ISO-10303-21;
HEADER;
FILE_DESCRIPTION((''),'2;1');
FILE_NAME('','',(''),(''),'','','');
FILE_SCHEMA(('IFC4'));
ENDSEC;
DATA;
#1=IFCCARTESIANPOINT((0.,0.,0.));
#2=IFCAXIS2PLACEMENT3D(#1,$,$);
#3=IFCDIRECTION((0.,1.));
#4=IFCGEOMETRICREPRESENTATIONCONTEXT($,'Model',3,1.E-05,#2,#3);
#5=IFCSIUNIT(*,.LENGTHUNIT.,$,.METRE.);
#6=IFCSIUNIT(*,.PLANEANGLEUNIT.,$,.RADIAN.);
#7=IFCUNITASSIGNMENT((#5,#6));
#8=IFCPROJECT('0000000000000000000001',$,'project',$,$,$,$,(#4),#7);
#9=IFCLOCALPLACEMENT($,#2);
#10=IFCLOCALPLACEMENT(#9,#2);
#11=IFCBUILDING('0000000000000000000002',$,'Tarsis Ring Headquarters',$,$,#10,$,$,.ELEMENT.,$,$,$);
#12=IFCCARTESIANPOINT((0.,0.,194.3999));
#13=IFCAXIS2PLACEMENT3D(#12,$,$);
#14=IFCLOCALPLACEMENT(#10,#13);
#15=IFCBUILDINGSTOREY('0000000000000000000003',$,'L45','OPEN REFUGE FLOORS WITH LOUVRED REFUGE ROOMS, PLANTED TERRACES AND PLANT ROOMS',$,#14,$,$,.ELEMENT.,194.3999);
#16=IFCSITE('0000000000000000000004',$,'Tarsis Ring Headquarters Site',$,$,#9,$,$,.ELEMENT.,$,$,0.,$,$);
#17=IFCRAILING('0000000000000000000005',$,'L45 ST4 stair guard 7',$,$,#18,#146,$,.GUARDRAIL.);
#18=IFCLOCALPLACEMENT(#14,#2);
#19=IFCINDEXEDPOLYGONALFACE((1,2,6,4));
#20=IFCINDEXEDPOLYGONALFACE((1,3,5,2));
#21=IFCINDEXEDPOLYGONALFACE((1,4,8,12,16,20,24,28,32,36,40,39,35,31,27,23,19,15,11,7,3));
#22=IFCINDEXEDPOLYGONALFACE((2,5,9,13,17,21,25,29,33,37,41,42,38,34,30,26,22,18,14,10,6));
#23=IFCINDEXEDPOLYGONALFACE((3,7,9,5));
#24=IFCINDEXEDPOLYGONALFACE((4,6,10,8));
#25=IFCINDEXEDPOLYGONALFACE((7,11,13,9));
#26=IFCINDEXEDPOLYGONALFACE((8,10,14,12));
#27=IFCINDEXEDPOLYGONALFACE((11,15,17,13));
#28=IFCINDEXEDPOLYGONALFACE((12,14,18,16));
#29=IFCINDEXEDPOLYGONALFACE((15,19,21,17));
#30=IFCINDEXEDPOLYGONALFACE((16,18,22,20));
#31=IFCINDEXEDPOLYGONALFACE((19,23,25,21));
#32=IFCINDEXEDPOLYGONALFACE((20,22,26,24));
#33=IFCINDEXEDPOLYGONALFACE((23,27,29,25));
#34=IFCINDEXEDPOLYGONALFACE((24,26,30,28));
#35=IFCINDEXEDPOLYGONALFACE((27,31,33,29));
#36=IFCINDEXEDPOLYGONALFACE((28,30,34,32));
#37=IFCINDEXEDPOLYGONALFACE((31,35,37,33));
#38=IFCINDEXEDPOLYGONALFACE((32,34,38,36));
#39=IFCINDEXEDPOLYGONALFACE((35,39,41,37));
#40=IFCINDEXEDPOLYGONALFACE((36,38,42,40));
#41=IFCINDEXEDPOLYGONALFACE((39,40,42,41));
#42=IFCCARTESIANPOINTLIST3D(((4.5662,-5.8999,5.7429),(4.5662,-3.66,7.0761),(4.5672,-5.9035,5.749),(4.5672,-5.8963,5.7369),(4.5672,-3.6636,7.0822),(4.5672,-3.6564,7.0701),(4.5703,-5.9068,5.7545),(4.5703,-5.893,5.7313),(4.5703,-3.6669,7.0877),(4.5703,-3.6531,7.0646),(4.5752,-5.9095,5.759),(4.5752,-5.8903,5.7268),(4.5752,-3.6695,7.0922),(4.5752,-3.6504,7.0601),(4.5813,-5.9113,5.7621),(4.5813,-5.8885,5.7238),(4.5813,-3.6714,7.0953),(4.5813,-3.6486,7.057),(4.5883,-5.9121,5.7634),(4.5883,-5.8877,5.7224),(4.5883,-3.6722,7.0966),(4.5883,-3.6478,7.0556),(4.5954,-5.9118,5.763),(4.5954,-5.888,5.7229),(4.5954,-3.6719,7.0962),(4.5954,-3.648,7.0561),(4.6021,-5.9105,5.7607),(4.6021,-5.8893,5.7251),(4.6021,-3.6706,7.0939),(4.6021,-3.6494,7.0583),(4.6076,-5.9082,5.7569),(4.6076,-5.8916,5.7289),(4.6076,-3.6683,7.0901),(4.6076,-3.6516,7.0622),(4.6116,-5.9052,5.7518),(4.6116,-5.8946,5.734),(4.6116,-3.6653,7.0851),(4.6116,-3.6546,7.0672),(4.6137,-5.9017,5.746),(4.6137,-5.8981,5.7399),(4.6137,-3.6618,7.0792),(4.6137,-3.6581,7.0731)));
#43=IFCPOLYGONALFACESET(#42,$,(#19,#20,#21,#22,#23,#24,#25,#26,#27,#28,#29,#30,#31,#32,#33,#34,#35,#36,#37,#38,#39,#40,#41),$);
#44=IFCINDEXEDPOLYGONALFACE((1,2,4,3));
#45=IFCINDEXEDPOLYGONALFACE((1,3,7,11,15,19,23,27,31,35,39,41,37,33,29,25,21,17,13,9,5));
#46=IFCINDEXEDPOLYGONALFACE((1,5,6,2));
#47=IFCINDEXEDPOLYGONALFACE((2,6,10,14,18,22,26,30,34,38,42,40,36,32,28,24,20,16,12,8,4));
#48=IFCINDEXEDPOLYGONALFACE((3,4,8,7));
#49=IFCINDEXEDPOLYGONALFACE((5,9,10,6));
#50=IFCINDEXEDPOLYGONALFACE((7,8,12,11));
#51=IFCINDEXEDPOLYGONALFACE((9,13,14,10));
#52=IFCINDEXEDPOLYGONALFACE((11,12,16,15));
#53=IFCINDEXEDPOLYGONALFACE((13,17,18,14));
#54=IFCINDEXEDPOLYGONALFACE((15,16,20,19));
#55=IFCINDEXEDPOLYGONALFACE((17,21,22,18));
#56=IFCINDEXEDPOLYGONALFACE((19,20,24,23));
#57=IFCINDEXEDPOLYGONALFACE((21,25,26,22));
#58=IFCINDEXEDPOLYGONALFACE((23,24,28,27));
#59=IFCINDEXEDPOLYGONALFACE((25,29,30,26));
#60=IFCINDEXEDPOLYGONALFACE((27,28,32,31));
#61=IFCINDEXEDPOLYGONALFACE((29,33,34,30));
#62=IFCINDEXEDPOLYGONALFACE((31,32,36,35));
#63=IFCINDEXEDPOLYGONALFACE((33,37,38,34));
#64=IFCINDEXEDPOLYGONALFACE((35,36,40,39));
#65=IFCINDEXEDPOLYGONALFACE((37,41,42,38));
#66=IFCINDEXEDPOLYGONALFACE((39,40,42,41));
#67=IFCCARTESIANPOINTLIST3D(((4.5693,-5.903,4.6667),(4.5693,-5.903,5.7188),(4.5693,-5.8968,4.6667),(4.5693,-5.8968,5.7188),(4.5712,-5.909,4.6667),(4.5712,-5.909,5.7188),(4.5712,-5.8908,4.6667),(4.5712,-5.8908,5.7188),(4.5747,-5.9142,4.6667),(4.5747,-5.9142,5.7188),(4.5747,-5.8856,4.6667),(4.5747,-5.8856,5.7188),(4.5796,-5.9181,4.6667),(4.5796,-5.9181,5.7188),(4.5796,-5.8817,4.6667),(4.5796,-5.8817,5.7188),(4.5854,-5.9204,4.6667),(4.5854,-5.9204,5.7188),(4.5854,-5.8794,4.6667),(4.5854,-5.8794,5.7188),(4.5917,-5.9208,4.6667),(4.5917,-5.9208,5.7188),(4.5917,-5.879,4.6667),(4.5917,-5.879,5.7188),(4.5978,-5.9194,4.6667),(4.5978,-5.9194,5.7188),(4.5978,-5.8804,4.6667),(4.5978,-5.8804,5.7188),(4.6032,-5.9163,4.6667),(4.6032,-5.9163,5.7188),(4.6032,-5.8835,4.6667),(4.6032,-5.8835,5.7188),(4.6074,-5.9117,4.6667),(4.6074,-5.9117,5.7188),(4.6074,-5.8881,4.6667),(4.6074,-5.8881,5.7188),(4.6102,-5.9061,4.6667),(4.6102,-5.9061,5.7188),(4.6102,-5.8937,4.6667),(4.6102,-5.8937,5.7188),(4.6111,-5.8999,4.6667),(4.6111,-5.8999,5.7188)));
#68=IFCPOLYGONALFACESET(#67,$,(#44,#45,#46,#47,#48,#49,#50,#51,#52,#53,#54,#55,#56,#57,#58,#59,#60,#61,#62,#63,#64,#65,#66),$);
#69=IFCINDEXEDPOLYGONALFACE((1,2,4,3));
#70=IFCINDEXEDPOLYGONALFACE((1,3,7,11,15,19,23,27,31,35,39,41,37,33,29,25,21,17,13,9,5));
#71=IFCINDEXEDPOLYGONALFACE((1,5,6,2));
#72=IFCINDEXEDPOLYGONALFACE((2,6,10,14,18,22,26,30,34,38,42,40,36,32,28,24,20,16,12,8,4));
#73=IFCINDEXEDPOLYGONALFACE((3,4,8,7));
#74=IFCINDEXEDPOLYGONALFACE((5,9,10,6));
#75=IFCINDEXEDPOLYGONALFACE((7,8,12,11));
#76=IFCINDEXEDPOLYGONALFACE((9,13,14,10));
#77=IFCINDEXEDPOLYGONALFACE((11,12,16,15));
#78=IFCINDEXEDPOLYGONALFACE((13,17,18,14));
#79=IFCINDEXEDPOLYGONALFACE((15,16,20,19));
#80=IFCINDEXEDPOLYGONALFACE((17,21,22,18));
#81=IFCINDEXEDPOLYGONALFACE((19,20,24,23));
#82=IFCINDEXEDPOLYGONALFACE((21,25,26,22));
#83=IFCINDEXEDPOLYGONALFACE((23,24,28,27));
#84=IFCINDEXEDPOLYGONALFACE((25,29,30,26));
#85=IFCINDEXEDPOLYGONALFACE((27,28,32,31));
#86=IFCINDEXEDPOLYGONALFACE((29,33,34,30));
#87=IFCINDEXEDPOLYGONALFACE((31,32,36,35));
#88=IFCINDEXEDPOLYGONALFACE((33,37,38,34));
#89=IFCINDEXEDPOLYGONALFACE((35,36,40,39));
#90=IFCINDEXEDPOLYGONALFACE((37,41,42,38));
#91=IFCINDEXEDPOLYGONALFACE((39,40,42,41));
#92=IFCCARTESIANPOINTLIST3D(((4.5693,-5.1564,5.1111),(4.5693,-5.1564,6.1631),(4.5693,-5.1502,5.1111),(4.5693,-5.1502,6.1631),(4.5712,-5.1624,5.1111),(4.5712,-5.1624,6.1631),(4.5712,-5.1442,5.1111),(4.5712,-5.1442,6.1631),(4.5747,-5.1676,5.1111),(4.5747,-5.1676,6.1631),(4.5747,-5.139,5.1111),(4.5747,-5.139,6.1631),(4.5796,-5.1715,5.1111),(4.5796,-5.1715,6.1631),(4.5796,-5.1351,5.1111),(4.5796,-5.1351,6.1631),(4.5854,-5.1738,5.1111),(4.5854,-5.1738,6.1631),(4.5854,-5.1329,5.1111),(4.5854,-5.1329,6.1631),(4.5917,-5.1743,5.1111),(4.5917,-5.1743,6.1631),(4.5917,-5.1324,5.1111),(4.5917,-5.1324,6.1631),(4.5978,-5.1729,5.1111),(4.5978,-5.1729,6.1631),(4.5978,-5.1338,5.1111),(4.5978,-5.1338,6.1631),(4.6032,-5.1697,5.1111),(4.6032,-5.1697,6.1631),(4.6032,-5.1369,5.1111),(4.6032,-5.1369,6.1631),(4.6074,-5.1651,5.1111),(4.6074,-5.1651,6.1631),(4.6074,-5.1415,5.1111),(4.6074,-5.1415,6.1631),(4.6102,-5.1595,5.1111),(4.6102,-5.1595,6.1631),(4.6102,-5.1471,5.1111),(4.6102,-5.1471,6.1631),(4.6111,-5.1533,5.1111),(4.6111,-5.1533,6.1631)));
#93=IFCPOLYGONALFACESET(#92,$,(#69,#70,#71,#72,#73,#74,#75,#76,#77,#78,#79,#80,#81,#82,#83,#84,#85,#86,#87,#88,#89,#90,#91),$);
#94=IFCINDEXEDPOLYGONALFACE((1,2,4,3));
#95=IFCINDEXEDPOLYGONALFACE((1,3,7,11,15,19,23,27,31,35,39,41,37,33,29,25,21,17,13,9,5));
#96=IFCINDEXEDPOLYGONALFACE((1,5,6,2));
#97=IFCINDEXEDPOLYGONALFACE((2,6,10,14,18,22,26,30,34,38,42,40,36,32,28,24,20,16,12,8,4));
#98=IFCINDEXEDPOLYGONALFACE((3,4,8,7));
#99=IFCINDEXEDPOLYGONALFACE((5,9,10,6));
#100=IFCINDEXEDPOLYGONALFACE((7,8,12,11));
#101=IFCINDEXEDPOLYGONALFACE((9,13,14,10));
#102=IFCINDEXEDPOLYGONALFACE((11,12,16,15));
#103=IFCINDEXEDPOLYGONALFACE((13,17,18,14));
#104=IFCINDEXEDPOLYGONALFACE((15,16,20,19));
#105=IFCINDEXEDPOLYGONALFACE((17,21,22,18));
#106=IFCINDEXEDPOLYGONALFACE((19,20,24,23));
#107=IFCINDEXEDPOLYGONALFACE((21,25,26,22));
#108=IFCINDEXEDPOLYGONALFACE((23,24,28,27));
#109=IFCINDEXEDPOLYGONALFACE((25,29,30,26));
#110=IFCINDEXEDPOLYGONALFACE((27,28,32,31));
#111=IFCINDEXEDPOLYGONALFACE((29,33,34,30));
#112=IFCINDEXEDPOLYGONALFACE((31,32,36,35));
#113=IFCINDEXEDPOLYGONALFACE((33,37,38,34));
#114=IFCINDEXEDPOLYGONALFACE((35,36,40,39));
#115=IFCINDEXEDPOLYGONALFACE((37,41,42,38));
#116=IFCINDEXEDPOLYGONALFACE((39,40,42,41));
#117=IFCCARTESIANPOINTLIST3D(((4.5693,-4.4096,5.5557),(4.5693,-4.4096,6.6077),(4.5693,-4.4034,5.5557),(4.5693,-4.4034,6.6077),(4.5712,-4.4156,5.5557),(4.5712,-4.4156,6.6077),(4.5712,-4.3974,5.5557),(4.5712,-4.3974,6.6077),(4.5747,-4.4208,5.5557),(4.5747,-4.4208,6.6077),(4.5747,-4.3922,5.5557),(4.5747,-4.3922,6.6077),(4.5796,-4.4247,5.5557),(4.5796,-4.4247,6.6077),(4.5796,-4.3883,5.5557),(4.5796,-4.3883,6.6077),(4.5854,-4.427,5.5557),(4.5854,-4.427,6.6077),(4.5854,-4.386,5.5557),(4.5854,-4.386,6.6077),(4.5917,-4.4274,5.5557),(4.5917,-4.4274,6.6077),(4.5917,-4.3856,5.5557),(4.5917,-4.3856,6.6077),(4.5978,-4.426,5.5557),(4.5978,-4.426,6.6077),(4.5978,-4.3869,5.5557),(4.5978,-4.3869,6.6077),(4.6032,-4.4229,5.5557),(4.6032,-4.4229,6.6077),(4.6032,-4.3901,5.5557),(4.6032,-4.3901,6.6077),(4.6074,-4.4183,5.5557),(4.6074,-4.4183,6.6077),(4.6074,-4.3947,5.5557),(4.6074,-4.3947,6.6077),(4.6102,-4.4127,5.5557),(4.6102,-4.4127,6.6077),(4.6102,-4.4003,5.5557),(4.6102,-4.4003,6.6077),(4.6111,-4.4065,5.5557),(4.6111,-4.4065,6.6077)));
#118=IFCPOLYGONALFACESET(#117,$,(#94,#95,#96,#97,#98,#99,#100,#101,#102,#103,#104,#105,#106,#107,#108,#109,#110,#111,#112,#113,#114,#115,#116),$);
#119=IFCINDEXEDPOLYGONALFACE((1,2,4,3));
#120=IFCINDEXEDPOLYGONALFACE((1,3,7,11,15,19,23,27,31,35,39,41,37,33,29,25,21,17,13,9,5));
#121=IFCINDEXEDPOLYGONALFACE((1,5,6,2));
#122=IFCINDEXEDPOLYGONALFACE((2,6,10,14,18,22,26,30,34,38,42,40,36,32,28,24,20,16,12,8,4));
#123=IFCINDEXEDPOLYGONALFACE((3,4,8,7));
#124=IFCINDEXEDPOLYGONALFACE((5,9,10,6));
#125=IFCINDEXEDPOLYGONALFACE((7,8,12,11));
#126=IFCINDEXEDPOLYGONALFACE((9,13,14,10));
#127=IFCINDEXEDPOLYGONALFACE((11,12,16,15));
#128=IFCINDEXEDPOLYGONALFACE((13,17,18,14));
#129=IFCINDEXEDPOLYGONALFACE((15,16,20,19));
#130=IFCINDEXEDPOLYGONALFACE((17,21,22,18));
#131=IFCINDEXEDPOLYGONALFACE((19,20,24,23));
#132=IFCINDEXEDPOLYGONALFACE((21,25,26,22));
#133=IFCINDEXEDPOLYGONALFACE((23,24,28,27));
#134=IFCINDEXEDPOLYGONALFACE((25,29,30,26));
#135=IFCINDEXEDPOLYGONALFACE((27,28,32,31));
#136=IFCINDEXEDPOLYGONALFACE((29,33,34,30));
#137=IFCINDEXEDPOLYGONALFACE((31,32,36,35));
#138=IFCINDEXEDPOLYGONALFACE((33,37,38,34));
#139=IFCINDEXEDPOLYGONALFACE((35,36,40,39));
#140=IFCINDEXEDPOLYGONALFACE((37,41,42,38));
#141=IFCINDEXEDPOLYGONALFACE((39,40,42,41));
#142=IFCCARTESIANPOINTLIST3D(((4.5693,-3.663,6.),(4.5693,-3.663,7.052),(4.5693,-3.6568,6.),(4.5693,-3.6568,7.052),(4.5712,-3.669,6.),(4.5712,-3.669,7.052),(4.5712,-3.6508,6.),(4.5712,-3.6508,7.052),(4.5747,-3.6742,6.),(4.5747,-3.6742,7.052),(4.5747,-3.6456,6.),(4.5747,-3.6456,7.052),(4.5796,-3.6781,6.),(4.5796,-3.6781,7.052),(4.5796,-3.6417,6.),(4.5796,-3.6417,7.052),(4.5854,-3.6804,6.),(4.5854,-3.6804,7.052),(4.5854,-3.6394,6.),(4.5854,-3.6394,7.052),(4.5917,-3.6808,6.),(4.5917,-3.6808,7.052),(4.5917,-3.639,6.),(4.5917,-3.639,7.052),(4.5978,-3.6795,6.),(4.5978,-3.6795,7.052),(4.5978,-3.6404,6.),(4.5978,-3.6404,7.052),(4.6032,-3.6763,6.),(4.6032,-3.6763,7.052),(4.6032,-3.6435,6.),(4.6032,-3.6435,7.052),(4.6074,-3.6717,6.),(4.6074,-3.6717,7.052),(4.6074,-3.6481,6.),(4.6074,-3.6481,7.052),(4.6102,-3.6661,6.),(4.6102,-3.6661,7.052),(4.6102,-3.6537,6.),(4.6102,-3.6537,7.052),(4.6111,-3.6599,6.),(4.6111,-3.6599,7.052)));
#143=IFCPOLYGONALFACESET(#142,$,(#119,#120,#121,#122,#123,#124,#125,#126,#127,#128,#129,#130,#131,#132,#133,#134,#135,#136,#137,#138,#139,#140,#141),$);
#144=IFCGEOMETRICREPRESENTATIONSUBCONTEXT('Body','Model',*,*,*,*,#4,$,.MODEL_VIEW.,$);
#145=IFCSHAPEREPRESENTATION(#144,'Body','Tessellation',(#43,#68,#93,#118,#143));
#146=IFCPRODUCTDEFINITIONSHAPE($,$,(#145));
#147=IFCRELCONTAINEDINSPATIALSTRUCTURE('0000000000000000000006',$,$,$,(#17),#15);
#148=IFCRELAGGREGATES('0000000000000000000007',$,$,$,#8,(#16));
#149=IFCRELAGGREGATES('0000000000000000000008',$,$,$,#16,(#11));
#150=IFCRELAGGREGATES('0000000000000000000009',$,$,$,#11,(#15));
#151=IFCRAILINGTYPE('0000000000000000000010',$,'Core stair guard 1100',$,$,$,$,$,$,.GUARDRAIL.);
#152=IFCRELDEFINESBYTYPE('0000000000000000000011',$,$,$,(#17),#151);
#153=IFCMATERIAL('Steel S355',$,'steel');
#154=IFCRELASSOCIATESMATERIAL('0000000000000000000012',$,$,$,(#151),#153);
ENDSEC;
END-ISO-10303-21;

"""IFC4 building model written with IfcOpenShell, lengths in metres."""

from ifc_helpers import new_model, si_unit, direction, frame, origin, origin_2d, place, context, subcontext, project, spatial, circle, extrude, material, type_object, element, save


model = new_model("IFC4")

# Units and contexts
model_context = context("Model", 3, precision=1e-05, world=origin(), true_north=direction((0.0, 1.0)))
body_context = subcontext(model_context, "Body", "Model", "MODEL_VIEW")
ifc_project = project(units=[si_unit("LENGTHUNIT", "METRE"), si_unit("PLANEANGLEUNIT", "RADIAN")], contexts=[model_context])

# Site, building, storey
site_placement = place(None, origin())
site = spatial("IfcSite", under=ifc_project, at=site_placement, Name="Tarsis Ring Headquarters Site", CompositionType="ELEMENT", RefElevation=0.0)
building_placement = place(site_placement, origin())
building = spatial("IfcBuilding", under=site, at=building_placement, Name="Tarsis Ring Headquarters", CompositionType="ELEMENT")
storey_placement = place(building_placement, frame((0.0, 0.0, 194.3999)))
storey = spatial("IfcBuildingStorey", under=building, at=storey_placement, Name="L45", Description="OPEN REFUGE FLOORS WITH LOUVRED REFUGE ROOMS, PLANTED TERRACES AND PLANT ROOMS", CompositionType="ELEMENT", Elevation=194.3999)

# Railing
ifc_material_1 = material(Name="Steel S355", Category="steel")
railing_type_1 = type_object("IfcRailingType", Name="Core stair guard 1100", PredefinedType="GUARDRAIL", material=ifc_material_1)
railing_1_placement = place(storey_placement, frame((4.5901, -5.8999, 4.6667)))
element("IfcRailing", 1, at=railing_1_placement, inside=storey, type_object=railing_type_1, Name="L45 ST4 stair guard 7", PredefinedType="GUARDRAIL", context=body_context, shape_type="SweptSolid", body=[
    extrude(circle(Radius=0.0239, at=origin_2d()), frame((0.0, 0.0, 1.0762), z_axis=(0.0, 0.859306, 0.511462), x_axis=(-1.0, 0.0, 0.0)), (0.0, 0.0, 1.0), 2.6067),
    extrude(circle(Radius=0.021, at=origin_2d()), origin(), (0.0, 0.0, 1.0), 1.052),
    extrude(circle(Radius=0.021, at=origin_2d()), frame((0.0, 0.7466, 0.4443)), (0.0, 0.0, 1.0), 1.052),
    extrude(circle(Radius=0.021, at=origin_2d()), frame((0.0, 1.4934, 0.8889)), (0.0, 0.0, 1.0), 1.052),
    extrude(circle(Radius=0.021, at=origin_2d()), frame((0.0, 2.24, 1.3333)), (0.0, 0.0, 1.0), 1.052),
])

save(model, "model.ifc")
